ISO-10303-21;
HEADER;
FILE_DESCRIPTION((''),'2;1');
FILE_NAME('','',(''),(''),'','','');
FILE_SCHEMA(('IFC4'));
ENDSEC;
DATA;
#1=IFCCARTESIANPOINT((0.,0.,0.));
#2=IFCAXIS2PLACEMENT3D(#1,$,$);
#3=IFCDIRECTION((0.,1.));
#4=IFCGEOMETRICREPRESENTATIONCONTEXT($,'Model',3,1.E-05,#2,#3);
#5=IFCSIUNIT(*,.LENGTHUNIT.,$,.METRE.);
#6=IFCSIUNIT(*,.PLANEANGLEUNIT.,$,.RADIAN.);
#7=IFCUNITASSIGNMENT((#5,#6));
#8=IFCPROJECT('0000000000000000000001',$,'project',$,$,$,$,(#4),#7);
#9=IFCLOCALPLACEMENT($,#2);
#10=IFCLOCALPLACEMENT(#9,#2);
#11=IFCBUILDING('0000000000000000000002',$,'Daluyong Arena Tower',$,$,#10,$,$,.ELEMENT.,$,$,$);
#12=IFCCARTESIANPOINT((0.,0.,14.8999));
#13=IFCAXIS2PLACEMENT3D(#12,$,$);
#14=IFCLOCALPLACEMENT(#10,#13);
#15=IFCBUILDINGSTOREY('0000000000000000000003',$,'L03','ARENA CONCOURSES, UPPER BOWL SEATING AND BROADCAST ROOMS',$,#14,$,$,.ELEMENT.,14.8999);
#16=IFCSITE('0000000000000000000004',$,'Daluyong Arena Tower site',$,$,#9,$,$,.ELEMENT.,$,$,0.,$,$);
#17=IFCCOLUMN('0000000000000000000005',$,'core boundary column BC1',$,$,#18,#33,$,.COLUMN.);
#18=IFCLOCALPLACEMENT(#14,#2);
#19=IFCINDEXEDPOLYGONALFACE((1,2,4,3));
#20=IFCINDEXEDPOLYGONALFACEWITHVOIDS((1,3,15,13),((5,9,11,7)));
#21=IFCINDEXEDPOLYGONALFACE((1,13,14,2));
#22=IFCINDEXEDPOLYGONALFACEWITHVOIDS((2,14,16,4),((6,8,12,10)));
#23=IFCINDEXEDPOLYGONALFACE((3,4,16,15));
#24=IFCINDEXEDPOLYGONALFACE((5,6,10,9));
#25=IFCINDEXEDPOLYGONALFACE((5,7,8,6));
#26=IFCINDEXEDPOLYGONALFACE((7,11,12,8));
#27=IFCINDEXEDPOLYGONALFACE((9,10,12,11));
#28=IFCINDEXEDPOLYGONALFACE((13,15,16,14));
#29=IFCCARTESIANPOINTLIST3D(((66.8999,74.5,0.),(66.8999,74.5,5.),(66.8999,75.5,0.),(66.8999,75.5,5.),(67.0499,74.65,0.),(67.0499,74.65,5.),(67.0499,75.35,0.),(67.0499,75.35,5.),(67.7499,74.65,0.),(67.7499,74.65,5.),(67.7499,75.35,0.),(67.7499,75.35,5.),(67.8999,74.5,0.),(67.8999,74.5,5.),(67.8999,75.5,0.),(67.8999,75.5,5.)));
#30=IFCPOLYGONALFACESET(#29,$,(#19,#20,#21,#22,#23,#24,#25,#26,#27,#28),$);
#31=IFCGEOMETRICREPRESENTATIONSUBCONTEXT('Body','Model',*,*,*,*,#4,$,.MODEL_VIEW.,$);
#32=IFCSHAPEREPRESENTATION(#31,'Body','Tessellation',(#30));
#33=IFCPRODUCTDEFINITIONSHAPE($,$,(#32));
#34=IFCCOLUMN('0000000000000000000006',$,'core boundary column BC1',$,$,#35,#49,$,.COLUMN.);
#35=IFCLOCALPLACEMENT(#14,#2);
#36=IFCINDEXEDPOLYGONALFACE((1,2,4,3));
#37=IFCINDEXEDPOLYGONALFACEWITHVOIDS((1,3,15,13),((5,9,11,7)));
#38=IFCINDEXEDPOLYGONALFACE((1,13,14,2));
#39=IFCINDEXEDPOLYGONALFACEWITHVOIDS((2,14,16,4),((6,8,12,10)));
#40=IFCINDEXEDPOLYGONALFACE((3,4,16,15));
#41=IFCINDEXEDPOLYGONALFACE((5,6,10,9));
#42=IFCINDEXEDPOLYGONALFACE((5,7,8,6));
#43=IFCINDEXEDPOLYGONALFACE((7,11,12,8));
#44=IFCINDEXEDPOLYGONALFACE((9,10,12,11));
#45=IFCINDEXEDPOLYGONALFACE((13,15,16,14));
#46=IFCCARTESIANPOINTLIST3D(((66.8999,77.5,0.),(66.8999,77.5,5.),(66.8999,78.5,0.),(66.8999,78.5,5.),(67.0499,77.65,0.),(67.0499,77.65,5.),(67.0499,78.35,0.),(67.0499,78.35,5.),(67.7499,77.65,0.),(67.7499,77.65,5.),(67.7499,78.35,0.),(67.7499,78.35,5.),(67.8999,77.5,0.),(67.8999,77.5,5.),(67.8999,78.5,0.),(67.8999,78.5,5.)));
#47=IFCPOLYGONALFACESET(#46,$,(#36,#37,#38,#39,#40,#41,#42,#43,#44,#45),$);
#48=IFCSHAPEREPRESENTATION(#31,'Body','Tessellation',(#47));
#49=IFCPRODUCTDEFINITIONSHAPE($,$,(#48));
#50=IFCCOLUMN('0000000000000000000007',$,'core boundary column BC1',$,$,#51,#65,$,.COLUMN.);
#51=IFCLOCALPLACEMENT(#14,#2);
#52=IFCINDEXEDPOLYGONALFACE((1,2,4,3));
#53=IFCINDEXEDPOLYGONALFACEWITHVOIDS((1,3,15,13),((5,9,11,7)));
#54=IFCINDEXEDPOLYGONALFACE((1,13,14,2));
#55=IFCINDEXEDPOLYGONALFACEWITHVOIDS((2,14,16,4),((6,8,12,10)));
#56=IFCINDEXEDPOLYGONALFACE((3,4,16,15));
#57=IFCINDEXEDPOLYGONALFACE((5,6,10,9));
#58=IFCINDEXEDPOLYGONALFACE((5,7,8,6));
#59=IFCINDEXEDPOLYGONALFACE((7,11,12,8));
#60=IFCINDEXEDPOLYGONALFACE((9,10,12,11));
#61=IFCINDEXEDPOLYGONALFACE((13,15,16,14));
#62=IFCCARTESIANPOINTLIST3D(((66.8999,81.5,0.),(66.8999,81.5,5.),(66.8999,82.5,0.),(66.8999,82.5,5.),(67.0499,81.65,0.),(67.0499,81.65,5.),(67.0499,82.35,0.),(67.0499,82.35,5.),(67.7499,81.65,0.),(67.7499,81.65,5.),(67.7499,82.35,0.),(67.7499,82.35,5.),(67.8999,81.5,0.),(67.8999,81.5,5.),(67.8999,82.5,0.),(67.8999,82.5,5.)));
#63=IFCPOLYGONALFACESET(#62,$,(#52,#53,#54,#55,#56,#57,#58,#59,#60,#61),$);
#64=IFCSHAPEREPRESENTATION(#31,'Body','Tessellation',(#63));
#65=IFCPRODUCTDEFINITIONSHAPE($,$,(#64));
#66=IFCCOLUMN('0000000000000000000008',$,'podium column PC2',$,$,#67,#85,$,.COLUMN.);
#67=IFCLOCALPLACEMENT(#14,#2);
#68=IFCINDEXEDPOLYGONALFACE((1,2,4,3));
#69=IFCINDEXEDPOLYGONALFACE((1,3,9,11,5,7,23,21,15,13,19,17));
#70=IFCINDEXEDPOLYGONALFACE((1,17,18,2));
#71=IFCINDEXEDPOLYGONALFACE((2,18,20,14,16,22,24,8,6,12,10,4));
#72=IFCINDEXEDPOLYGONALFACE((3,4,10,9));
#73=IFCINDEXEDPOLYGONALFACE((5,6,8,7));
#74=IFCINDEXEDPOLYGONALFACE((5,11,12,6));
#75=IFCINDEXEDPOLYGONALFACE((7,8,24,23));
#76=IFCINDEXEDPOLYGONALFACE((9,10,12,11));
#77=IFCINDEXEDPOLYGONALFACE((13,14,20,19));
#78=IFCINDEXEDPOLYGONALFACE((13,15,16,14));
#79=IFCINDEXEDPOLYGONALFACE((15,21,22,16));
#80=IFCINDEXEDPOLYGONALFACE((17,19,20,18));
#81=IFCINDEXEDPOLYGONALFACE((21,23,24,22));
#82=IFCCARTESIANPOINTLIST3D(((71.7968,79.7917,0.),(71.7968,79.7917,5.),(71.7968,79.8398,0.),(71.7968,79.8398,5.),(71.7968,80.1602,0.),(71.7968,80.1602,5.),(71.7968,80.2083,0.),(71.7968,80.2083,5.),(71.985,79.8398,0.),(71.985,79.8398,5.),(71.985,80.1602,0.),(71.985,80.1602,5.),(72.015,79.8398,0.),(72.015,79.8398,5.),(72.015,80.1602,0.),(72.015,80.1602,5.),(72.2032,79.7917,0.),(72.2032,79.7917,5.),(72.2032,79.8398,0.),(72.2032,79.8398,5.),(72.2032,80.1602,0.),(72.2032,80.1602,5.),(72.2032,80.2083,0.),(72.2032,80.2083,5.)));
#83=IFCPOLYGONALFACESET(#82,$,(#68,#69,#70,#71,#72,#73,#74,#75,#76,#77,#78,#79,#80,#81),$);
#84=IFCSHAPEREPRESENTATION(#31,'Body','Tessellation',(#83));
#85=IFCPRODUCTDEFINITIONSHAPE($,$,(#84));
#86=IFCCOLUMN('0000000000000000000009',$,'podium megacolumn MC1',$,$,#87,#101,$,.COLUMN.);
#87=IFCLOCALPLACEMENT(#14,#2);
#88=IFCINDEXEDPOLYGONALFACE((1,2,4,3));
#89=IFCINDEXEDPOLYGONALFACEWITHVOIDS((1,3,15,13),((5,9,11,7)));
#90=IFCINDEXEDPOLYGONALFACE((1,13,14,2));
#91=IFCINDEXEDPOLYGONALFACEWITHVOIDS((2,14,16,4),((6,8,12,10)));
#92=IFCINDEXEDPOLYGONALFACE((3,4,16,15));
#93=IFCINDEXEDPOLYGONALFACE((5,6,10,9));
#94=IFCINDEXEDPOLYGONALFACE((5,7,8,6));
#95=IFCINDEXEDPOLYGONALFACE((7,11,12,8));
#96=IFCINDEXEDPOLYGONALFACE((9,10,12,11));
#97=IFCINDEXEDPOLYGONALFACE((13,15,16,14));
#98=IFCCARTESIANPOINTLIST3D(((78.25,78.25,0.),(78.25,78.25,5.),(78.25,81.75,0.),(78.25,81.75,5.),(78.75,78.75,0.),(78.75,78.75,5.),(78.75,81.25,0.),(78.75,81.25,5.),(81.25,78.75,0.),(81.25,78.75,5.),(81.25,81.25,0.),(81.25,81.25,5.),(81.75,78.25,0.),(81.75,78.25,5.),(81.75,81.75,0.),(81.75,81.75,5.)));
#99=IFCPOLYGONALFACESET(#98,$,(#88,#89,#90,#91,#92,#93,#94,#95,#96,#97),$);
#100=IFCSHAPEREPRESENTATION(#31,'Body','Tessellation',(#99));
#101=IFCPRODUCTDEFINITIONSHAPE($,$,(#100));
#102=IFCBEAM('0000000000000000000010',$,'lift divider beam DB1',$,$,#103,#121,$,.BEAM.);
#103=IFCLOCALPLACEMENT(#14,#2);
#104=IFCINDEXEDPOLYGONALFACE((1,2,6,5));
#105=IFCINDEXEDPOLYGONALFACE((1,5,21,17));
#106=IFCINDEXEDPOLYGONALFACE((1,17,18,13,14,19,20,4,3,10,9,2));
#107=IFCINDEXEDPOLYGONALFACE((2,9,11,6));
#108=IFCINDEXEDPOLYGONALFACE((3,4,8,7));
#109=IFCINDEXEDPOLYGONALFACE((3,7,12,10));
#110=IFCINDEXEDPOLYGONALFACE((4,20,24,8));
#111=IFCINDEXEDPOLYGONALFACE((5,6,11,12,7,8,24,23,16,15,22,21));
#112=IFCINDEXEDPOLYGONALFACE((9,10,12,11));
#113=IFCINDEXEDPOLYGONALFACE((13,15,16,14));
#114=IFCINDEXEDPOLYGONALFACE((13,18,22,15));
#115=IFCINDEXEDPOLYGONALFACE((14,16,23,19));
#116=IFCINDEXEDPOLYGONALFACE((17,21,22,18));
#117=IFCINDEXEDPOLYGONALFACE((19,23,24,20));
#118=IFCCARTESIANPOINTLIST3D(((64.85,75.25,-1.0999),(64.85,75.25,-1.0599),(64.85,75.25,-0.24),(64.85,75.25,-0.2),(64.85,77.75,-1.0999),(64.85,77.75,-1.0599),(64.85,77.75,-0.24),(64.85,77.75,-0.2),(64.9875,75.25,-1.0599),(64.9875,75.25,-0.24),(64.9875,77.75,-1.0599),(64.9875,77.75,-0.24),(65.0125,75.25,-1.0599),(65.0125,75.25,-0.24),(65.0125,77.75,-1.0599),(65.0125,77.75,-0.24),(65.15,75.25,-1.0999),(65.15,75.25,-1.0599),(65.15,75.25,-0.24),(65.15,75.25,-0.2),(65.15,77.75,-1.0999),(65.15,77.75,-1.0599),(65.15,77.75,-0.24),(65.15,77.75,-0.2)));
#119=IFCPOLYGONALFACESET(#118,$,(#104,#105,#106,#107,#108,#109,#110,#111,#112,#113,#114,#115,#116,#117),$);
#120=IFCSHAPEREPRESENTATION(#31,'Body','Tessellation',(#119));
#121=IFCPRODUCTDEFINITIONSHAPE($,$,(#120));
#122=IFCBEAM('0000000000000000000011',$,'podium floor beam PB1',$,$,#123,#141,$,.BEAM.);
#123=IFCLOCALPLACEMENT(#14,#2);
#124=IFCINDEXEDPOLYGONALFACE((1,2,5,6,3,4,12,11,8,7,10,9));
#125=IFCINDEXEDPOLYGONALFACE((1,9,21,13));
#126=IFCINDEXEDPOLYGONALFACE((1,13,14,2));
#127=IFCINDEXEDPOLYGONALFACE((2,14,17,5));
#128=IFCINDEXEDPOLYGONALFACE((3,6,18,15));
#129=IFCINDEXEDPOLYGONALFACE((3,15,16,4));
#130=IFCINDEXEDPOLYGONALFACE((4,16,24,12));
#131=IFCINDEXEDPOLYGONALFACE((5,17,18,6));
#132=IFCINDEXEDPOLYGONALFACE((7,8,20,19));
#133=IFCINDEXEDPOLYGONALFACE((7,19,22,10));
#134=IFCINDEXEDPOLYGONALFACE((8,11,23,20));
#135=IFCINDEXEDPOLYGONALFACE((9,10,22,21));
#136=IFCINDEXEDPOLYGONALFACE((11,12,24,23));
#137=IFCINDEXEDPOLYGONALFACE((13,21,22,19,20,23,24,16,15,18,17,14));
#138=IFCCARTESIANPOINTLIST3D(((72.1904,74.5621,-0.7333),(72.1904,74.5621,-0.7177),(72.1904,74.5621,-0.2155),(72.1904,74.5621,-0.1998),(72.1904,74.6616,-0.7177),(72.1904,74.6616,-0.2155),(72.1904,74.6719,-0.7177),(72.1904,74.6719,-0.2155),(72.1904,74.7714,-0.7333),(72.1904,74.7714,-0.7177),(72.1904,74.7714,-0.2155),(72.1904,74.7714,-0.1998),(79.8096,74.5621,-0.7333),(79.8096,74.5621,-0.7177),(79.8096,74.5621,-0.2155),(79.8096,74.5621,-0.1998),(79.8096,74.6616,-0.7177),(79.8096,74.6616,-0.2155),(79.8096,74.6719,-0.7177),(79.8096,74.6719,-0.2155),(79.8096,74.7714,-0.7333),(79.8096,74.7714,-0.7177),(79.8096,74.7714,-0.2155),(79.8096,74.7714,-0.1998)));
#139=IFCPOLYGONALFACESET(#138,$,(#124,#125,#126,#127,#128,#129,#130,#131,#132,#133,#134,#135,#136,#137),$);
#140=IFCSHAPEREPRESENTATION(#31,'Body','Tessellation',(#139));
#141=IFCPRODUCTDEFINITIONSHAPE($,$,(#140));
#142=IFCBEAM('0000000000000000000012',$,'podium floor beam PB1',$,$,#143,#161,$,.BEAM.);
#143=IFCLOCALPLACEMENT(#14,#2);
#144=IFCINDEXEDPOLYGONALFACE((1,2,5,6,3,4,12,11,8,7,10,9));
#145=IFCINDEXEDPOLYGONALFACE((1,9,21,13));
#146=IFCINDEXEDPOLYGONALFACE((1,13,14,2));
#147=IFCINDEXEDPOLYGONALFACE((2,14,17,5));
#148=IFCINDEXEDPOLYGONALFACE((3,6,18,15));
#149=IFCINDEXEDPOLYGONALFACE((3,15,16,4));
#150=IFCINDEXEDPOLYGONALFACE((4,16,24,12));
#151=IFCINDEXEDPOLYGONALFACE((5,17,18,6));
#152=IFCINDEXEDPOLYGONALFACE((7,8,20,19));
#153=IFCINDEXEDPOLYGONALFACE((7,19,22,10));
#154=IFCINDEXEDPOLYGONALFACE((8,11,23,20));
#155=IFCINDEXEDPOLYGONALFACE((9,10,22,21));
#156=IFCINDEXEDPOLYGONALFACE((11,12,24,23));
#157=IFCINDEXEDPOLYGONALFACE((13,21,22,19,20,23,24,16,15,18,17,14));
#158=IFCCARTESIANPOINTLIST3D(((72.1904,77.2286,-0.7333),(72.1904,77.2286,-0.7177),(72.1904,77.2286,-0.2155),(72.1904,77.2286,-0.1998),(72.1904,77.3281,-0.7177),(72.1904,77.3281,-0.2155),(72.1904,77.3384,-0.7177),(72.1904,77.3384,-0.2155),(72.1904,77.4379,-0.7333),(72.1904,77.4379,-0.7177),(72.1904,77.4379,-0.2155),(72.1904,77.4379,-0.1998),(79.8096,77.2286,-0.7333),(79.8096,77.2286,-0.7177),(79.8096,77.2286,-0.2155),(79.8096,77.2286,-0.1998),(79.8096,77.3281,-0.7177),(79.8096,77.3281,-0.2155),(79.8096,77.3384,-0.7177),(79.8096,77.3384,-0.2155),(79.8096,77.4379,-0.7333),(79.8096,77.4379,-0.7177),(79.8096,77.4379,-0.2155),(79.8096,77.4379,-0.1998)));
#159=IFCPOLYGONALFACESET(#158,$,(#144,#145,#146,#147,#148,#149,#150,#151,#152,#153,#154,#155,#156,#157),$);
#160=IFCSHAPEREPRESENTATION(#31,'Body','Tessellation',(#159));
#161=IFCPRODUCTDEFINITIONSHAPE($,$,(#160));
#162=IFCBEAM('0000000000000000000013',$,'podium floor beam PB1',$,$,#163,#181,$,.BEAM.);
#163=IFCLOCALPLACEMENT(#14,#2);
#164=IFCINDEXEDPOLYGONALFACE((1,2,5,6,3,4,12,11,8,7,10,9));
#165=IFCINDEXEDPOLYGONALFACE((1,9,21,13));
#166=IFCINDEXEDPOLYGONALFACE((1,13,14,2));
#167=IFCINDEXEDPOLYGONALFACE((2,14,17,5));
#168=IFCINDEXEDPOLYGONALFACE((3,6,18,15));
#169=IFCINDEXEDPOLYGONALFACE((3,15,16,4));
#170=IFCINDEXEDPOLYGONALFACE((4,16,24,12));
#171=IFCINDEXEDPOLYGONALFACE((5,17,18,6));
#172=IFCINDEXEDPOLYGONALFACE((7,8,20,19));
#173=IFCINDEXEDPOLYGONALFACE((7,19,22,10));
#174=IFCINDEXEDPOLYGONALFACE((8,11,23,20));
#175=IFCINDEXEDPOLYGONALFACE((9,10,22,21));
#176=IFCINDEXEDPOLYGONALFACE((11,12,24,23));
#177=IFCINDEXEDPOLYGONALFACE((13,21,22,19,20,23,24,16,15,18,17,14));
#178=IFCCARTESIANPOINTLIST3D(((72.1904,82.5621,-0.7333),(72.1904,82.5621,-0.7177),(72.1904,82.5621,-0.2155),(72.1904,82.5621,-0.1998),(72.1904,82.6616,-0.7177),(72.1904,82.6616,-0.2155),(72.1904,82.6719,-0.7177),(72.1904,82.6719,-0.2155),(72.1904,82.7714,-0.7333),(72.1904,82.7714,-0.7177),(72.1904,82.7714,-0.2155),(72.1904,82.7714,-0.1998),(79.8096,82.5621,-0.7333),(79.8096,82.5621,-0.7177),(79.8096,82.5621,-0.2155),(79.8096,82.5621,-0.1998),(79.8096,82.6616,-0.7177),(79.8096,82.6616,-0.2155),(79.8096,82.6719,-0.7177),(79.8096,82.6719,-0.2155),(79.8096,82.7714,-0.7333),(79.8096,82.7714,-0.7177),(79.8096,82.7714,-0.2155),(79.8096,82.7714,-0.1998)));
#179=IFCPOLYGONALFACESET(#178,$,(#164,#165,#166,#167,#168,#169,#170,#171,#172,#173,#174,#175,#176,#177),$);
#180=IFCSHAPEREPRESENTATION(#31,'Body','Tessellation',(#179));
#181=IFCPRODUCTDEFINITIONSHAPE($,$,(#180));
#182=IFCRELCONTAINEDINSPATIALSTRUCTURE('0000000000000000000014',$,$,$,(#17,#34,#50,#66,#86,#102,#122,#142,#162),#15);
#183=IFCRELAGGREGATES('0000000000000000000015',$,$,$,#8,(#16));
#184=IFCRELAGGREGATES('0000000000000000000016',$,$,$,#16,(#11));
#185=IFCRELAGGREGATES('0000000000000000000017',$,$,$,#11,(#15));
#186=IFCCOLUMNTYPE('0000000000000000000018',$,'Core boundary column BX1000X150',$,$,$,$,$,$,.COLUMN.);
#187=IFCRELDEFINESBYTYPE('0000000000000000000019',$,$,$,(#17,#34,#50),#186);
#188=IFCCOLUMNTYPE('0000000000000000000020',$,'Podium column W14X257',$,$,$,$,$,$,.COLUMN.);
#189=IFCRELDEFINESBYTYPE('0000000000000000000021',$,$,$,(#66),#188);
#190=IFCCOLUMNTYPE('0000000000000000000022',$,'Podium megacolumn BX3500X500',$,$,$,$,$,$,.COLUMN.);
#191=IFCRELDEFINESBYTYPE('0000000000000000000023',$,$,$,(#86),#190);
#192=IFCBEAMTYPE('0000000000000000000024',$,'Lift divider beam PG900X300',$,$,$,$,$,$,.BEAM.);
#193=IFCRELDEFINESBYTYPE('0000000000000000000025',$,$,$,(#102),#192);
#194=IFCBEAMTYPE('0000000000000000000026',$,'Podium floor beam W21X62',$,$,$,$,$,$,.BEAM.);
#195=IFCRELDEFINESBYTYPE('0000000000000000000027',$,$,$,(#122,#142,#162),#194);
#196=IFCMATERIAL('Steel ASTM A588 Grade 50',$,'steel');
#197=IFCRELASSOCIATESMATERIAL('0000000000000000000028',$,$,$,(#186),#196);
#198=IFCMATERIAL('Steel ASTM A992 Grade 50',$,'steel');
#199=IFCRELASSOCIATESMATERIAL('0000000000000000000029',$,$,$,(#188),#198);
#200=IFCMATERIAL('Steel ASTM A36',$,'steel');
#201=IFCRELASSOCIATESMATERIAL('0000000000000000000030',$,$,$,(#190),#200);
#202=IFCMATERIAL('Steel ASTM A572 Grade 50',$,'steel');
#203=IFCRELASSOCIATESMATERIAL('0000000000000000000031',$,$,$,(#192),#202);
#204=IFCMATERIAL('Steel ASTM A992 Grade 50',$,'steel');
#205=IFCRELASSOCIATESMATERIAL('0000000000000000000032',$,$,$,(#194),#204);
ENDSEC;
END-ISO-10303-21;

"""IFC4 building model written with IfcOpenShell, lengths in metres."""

from ifc_helpers import new_model, si_unit, direction, frame, origin, origin_2d, place, context, subcontext, project, spatial, hollow_rectangle, i_section, extrude, material, material_profile, profile_set, type_object, element, save


model = new_model("IFC4")

# Units and contexts
model_context = context("Model", 3, precision=1e-05, world=origin(), true_north=direction((0.0, 1.0)))
body_context = subcontext(model_context, "Body", "Model", "MODEL_VIEW")
ifc_project = project(units=[si_unit("LENGTHUNIT", "METRE"), si_unit("PLANEANGLEUNIT", "RADIAN")], contexts=[model_context])

# Site, building, storey
site_placement = place(None, origin())
site = spatial("IfcSite", under=ifc_project, at=site_placement, Name="Daluyong Arena Tower site", CompositionType="ELEMENT", RefElevation=0.0)
building_placement = place(site_placement, origin())
building = spatial("IfcBuilding", under=site, at=building_placement, Name="Daluyong Arena Tower", CompositionType="ELEMENT")
storey_placement = place(building_placement, frame((0.0, 0.0, 14.8999)))
storey = spatial("IfcBuildingStorey", under=building, at=storey_placement, Name="L03", Description="ARENA CONCOURSES, UPPER BOWL SEATING AND BROADCAST ROOMS", CompositionType="ELEMENT", Elevation=14.8999)

# Columns
ifc_material_1 = material(Name="Steel ASTM A588 Grade 50", Category="steel")
ifc_material_profile_1 = material_profile(ifc_material_1, hollow_rectangle(XDim=1.0, YDim=1.0, WallThickness=0.15, at=origin_2d()))
ifc_profile_set_1 = profile_set([ifc_material_profile_1], Name="Steel ASTM A588 Grade 50")
column_type_1 = type_object("IfcColumnType", Name="Core boundary column BX1000X150", PredefinedType="COLUMN", material=ifc_profile_set_1)
for number, where, z_axis, x_axis, name in (
    (1, (67.3999, 75.0, 0.0), (0.0, 0.0, 1.0), (1.0, 0.0, 0.0), "core boundary column BC1"),
    (2, (67.3999, 78.0, 0.0), (0.0, 0.0, 1.0), (1.0, 0.0, 0.0), "core boundary column BC1"),
    (3, (67.3999, 82.0, 0.0), (0.0, 0.0, 1.0), (1.0, 0.0, 0.0), "core boundary column BC1"),
):
    element("IfcColumn", number, at=place(storey_placement, frame(where, z_axis=z_axis, x_axis=x_axis)), inside=storey, type_object=column_type_1, Name=name, PredefinedType="COLUMN", context=body_context, shape_type="SweptSolid", body=[
        extrude(hollow_rectangle(XDim=1.0, YDim=1.0, WallThickness=0.15, at=origin_2d()), origin(), (0.0, 0.0, 1.0), 5.0),
    ])
ifc_material_2 = material(Name="Steel ASTM A992 Grade 50", Category="steel")
ifc_material_profile_2 = material_profile(ifc_material_2, i_section(OverallWidth=0.4065, OverallDepth=0.4165, WebThickness=0.03, FlangeThickness=0.0481, at=origin_2d()))
ifc_profile_set_2 = profile_set([ifc_material_profile_2], Name="Steel ASTM A992 Grade 50")
column_type_2 = type_object("IfcColumnType", Name="Podium column W14X257", PredefinedType="COLUMN", material=ifc_profile_set_2)
column_1_placement = place(storey_placement, frame((72.0, 80.0, 0.0), z_axis=(0.0, 0.0, 1.0), x_axis=(1.0, 0.0, 0.0)))
element("IfcColumn", 4, at=column_1_placement, inside=storey, type_object=column_type_2, Name="podium column PC2", PredefinedType="COLUMN", context=body_context, shape_type="SweptSolid", body=[
    extrude(i_section(OverallWidth=0.4065, OverallDepth=0.4165, WebThickness=0.03, FlangeThickness=0.0481, at=origin_2d()), origin(), (0.0, 0.0, 1.0), 5.0),
])
ifc_material_3 = material(Name="Steel ASTM A36", Category="steel")
ifc_material_profile_3 = material_profile(ifc_material_3, hollow_rectangle(XDim=3.5, YDim=3.5, WallThickness=0.5, at=origin_2d()))
ifc_profile_set_3 = profile_set([ifc_material_profile_3], Name="Steel ASTM A36")
column_type_3 = type_object("IfcColumnType", Name="Podium megacolumn BX3500X500", PredefinedType="COLUMN", material=ifc_profile_set_3)
column_2_placement = place(storey_placement, frame((80.0, 80.0, 0.0), z_axis=(0.0, 0.0, 1.0), x_axis=(1.0, 0.0, 0.0)))
element("IfcColumn", 5, at=column_2_placement, inside=storey, type_object=column_type_3, Name="podium megacolumn MC1", PredefinedType="COLUMN", context=body_context, shape_type="SweptSolid", body=[
    extrude(hollow_rectangle(XDim=3.5, YDim=3.5, WallThickness=0.5, at=origin_2d()), origin(), (0.0, 0.0, 1.0), 5.0),
])

# Beams
ifc_material_4 = material(Name="Steel ASTM A572 Grade 50", Category="steel")
ifc_material_profile_4 = material_profile(ifc_material_4, i_section(OverallWidth=0.3, OverallDepth=0.8999, WebThickness=0.025, FlangeThickness=0.04, at=origin_2d()))
ifc_profile_set_4 = profile_set([ifc_material_profile_4], Name="Steel ASTM A572 Grade 50")
beam_type_1 = type_object("IfcBeamType", Name="Lift divider beam PG900X300", PredefinedType="BEAM", material=ifc_profile_set_4)
beam_placement = place(storey_placement, frame((65.0, 75.25, -0.6499), z_axis=(0.0, 1.0, 0.0), x_axis=(-1.0, 0.0, 0.0)))
element("IfcBeam", 6, at=beam_placement, inside=storey, type_object=beam_type_1, Name="lift divider beam DB1", PredefinedType="BEAM", context=body_context, shape_type="SweptSolid", body=[
    extrude(i_section(OverallWidth=0.3, OverallDepth=0.8999, WebThickness=0.025, FlangeThickness=0.04, at=origin_2d()), origin(), (0.0, 0.0, 1.0), 2.5),
])
ifc_material_5 = material(Name="Steel ASTM A992 Grade 50", Category="steel")
ifc_material_profile_5 = material_profile(ifc_material_5, i_section(OverallWidth=0.2092, OverallDepth=0.5334, WebThickness=0.0103, FlangeThickness=0.0156, at=origin_2d()))
ifc_profile_set_5 = profile_set([ifc_material_profile_5], Name="Steel ASTM A992 Grade 50")
beam_type_2 = type_object("IfcBeamType", Name="Podium floor beam W21X62", PredefinedType="BEAM", material=ifc_profile_set_5)
for number, where, z_axis, x_axis, name in (
    (7, (72.1904, 74.6667, -0.4666), (1.0, 0.0, 0.0), (0.0, 1.0, 0.0), "podium floor beam PB1"),
    (8, (72.1904, 77.3333, -0.4666), (1.0, 0.0, 0.0), (0.0, 1.0, 0.0), "podium floor beam PB1"),
    (9, (72.1904, 82.6667, -0.4666), (1.0, 0.0, 0.0), (0.0, 1.0, 0.0), "podium floor beam PB1"),
):
    element("IfcBeam", number, at=place(storey_placement, frame(where, z_axis=z_axis, x_axis=x_axis)), inside=storey, type_object=beam_type_2, Name=name, PredefinedType="BEAM", context=body_context, shape_type="SweptSolid", body=[
        extrude(i_section(OverallWidth=0.2092, OverallDepth=0.5334, WebThickness=0.0103, FlangeThickness=0.0156, at=origin_2d()), origin(), (0.0, 0.0, 1.0), 7.6191),
    ])

save(model, "model.ifc")
